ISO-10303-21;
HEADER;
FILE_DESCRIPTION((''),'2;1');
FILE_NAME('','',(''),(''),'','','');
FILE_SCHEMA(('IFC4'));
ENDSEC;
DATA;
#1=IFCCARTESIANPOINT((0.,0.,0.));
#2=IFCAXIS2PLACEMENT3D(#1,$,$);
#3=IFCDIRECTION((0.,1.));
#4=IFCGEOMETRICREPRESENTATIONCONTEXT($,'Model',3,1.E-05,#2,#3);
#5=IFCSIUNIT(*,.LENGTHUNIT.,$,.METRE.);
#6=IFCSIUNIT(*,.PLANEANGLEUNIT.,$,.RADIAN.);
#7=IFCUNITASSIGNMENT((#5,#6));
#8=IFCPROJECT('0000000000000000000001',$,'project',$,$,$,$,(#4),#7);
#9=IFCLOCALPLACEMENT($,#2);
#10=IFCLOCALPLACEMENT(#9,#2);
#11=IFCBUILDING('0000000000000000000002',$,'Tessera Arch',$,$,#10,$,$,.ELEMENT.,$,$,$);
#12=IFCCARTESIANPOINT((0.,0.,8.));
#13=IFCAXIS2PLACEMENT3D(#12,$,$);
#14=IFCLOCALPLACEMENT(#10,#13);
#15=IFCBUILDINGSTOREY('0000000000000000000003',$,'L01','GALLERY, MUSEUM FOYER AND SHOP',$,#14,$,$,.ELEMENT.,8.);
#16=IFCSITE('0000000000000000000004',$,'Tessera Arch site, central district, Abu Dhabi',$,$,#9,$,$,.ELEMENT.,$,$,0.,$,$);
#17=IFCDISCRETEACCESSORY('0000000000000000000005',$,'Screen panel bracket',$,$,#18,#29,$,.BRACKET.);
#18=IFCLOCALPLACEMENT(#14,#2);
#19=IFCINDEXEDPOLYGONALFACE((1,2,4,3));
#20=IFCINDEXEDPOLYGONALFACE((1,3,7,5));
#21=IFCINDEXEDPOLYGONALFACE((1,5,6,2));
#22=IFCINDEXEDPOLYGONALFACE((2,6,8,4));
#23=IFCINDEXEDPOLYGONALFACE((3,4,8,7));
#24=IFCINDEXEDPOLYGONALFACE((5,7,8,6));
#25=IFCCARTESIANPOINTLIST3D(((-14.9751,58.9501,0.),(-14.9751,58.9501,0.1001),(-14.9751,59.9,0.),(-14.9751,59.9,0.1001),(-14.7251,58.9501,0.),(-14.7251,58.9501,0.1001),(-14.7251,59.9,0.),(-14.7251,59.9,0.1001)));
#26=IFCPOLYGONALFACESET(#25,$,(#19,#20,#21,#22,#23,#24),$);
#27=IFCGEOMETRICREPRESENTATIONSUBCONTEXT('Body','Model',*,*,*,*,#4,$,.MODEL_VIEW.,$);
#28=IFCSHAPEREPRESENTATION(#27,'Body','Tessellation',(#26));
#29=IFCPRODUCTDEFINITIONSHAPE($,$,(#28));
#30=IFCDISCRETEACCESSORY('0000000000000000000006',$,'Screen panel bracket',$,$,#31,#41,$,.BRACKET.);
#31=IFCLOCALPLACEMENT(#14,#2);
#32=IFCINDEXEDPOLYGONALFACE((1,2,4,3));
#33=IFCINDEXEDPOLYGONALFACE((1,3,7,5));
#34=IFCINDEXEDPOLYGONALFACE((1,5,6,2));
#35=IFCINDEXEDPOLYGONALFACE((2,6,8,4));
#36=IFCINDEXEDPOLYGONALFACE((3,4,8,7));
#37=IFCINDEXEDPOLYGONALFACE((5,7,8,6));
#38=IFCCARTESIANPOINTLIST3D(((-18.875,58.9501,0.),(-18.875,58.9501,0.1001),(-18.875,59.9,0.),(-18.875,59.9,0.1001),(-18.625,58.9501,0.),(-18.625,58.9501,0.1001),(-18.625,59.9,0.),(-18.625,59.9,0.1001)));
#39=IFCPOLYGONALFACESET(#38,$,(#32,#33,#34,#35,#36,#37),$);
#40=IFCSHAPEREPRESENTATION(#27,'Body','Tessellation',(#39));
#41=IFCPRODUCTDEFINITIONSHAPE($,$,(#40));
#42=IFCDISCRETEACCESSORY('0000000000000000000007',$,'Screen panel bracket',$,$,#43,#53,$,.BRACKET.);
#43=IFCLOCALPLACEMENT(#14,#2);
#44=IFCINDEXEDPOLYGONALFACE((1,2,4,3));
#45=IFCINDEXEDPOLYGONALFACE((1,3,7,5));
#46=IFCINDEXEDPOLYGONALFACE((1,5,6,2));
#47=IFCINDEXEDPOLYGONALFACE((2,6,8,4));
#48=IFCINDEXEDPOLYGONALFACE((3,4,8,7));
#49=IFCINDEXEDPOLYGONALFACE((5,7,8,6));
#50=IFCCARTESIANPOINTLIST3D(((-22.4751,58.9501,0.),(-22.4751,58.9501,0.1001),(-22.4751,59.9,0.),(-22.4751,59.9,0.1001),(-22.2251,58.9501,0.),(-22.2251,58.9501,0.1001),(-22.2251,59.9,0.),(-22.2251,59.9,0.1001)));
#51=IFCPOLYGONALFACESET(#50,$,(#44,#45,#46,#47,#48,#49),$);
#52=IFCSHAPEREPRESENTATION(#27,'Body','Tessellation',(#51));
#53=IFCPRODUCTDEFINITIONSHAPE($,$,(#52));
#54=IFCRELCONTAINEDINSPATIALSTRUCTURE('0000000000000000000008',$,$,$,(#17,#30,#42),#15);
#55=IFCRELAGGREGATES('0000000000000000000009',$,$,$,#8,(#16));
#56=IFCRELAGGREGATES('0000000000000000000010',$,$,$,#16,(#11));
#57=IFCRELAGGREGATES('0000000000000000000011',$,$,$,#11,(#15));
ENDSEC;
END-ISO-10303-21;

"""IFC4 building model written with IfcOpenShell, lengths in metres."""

from ifc_helpers import new_model, si_unit, direction, frame, origin, origin_2d, place, context, subcontext, project, spatial, rectangle, extrude, element, save


model = new_model("IFC4")

# Units and contexts
model_context = context("Model", 3, precision=1e-05, world=origin(), true_north=direction((0.0, 1.0)))
body_context = subcontext(model_context, "Body", "Model", "MODEL_VIEW")
ifc_project = project(units=[si_unit("LENGTHUNIT", "METRE"), si_unit("PLANEANGLEUNIT", "RADIAN")], contexts=[model_context])

# Site, building, storey
site_placement = place(None, origin())
site = spatial("IfcSite", under=ifc_project, at=site_placement, Name="Tessera Arch site, central district, Abu Dhabi", CompositionType="ELEMENT", RefElevation=0.0)
building_placement = place(site_placement, origin())
building = spatial("IfcBuilding", under=site, at=building_placement, Name="Tessera Arch", CompositionType="ELEMENT")
storey_placement = place(building_placement, frame((0.0, 0.0, 8.0)))
storey = spatial("IfcBuildingStorey", under=building, at=storey_placement, Name="L01", Description="GALLERY, MUSEUM FOYER AND SHOP", CompositionType="ELEMENT", Elevation=8.0)

# Discrete accessories
for number, where, z_axis, x_axis, name in (
    (1, (-14.8501, 59.425, 0.0), (0.0, 0.0, 1.0), (0.0, 1.0, 0.0), "Screen panel bracket"),
    (2, (-18.75, 59.425, 0.0), (0.0, 0.0, 1.0), (0.0, 1.0, 0.0), "Screen panel bracket"),
    (3, (-22.3501, 59.425, 0.0), (0.0, 0.0, 1.0), (0.0, 1.0, 0.0), "Screen panel bracket"),
):
    element("IfcDiscreteAccessory", number, at=place(storey_placement, frame(where, z_axis=z_axis, x_axis=x_axis)), inside=storey, Name=name, PredefinedType="BRACKET", context=body_context, shape_type="SweptSolid", body=[
        extrude(rectangle(XDim=0.95, YDim=0.25, at=origin_2d()), origin(), (0.0, 0.0, 1.0), 0.1001),
    ])

save(model, "model.ifc")
